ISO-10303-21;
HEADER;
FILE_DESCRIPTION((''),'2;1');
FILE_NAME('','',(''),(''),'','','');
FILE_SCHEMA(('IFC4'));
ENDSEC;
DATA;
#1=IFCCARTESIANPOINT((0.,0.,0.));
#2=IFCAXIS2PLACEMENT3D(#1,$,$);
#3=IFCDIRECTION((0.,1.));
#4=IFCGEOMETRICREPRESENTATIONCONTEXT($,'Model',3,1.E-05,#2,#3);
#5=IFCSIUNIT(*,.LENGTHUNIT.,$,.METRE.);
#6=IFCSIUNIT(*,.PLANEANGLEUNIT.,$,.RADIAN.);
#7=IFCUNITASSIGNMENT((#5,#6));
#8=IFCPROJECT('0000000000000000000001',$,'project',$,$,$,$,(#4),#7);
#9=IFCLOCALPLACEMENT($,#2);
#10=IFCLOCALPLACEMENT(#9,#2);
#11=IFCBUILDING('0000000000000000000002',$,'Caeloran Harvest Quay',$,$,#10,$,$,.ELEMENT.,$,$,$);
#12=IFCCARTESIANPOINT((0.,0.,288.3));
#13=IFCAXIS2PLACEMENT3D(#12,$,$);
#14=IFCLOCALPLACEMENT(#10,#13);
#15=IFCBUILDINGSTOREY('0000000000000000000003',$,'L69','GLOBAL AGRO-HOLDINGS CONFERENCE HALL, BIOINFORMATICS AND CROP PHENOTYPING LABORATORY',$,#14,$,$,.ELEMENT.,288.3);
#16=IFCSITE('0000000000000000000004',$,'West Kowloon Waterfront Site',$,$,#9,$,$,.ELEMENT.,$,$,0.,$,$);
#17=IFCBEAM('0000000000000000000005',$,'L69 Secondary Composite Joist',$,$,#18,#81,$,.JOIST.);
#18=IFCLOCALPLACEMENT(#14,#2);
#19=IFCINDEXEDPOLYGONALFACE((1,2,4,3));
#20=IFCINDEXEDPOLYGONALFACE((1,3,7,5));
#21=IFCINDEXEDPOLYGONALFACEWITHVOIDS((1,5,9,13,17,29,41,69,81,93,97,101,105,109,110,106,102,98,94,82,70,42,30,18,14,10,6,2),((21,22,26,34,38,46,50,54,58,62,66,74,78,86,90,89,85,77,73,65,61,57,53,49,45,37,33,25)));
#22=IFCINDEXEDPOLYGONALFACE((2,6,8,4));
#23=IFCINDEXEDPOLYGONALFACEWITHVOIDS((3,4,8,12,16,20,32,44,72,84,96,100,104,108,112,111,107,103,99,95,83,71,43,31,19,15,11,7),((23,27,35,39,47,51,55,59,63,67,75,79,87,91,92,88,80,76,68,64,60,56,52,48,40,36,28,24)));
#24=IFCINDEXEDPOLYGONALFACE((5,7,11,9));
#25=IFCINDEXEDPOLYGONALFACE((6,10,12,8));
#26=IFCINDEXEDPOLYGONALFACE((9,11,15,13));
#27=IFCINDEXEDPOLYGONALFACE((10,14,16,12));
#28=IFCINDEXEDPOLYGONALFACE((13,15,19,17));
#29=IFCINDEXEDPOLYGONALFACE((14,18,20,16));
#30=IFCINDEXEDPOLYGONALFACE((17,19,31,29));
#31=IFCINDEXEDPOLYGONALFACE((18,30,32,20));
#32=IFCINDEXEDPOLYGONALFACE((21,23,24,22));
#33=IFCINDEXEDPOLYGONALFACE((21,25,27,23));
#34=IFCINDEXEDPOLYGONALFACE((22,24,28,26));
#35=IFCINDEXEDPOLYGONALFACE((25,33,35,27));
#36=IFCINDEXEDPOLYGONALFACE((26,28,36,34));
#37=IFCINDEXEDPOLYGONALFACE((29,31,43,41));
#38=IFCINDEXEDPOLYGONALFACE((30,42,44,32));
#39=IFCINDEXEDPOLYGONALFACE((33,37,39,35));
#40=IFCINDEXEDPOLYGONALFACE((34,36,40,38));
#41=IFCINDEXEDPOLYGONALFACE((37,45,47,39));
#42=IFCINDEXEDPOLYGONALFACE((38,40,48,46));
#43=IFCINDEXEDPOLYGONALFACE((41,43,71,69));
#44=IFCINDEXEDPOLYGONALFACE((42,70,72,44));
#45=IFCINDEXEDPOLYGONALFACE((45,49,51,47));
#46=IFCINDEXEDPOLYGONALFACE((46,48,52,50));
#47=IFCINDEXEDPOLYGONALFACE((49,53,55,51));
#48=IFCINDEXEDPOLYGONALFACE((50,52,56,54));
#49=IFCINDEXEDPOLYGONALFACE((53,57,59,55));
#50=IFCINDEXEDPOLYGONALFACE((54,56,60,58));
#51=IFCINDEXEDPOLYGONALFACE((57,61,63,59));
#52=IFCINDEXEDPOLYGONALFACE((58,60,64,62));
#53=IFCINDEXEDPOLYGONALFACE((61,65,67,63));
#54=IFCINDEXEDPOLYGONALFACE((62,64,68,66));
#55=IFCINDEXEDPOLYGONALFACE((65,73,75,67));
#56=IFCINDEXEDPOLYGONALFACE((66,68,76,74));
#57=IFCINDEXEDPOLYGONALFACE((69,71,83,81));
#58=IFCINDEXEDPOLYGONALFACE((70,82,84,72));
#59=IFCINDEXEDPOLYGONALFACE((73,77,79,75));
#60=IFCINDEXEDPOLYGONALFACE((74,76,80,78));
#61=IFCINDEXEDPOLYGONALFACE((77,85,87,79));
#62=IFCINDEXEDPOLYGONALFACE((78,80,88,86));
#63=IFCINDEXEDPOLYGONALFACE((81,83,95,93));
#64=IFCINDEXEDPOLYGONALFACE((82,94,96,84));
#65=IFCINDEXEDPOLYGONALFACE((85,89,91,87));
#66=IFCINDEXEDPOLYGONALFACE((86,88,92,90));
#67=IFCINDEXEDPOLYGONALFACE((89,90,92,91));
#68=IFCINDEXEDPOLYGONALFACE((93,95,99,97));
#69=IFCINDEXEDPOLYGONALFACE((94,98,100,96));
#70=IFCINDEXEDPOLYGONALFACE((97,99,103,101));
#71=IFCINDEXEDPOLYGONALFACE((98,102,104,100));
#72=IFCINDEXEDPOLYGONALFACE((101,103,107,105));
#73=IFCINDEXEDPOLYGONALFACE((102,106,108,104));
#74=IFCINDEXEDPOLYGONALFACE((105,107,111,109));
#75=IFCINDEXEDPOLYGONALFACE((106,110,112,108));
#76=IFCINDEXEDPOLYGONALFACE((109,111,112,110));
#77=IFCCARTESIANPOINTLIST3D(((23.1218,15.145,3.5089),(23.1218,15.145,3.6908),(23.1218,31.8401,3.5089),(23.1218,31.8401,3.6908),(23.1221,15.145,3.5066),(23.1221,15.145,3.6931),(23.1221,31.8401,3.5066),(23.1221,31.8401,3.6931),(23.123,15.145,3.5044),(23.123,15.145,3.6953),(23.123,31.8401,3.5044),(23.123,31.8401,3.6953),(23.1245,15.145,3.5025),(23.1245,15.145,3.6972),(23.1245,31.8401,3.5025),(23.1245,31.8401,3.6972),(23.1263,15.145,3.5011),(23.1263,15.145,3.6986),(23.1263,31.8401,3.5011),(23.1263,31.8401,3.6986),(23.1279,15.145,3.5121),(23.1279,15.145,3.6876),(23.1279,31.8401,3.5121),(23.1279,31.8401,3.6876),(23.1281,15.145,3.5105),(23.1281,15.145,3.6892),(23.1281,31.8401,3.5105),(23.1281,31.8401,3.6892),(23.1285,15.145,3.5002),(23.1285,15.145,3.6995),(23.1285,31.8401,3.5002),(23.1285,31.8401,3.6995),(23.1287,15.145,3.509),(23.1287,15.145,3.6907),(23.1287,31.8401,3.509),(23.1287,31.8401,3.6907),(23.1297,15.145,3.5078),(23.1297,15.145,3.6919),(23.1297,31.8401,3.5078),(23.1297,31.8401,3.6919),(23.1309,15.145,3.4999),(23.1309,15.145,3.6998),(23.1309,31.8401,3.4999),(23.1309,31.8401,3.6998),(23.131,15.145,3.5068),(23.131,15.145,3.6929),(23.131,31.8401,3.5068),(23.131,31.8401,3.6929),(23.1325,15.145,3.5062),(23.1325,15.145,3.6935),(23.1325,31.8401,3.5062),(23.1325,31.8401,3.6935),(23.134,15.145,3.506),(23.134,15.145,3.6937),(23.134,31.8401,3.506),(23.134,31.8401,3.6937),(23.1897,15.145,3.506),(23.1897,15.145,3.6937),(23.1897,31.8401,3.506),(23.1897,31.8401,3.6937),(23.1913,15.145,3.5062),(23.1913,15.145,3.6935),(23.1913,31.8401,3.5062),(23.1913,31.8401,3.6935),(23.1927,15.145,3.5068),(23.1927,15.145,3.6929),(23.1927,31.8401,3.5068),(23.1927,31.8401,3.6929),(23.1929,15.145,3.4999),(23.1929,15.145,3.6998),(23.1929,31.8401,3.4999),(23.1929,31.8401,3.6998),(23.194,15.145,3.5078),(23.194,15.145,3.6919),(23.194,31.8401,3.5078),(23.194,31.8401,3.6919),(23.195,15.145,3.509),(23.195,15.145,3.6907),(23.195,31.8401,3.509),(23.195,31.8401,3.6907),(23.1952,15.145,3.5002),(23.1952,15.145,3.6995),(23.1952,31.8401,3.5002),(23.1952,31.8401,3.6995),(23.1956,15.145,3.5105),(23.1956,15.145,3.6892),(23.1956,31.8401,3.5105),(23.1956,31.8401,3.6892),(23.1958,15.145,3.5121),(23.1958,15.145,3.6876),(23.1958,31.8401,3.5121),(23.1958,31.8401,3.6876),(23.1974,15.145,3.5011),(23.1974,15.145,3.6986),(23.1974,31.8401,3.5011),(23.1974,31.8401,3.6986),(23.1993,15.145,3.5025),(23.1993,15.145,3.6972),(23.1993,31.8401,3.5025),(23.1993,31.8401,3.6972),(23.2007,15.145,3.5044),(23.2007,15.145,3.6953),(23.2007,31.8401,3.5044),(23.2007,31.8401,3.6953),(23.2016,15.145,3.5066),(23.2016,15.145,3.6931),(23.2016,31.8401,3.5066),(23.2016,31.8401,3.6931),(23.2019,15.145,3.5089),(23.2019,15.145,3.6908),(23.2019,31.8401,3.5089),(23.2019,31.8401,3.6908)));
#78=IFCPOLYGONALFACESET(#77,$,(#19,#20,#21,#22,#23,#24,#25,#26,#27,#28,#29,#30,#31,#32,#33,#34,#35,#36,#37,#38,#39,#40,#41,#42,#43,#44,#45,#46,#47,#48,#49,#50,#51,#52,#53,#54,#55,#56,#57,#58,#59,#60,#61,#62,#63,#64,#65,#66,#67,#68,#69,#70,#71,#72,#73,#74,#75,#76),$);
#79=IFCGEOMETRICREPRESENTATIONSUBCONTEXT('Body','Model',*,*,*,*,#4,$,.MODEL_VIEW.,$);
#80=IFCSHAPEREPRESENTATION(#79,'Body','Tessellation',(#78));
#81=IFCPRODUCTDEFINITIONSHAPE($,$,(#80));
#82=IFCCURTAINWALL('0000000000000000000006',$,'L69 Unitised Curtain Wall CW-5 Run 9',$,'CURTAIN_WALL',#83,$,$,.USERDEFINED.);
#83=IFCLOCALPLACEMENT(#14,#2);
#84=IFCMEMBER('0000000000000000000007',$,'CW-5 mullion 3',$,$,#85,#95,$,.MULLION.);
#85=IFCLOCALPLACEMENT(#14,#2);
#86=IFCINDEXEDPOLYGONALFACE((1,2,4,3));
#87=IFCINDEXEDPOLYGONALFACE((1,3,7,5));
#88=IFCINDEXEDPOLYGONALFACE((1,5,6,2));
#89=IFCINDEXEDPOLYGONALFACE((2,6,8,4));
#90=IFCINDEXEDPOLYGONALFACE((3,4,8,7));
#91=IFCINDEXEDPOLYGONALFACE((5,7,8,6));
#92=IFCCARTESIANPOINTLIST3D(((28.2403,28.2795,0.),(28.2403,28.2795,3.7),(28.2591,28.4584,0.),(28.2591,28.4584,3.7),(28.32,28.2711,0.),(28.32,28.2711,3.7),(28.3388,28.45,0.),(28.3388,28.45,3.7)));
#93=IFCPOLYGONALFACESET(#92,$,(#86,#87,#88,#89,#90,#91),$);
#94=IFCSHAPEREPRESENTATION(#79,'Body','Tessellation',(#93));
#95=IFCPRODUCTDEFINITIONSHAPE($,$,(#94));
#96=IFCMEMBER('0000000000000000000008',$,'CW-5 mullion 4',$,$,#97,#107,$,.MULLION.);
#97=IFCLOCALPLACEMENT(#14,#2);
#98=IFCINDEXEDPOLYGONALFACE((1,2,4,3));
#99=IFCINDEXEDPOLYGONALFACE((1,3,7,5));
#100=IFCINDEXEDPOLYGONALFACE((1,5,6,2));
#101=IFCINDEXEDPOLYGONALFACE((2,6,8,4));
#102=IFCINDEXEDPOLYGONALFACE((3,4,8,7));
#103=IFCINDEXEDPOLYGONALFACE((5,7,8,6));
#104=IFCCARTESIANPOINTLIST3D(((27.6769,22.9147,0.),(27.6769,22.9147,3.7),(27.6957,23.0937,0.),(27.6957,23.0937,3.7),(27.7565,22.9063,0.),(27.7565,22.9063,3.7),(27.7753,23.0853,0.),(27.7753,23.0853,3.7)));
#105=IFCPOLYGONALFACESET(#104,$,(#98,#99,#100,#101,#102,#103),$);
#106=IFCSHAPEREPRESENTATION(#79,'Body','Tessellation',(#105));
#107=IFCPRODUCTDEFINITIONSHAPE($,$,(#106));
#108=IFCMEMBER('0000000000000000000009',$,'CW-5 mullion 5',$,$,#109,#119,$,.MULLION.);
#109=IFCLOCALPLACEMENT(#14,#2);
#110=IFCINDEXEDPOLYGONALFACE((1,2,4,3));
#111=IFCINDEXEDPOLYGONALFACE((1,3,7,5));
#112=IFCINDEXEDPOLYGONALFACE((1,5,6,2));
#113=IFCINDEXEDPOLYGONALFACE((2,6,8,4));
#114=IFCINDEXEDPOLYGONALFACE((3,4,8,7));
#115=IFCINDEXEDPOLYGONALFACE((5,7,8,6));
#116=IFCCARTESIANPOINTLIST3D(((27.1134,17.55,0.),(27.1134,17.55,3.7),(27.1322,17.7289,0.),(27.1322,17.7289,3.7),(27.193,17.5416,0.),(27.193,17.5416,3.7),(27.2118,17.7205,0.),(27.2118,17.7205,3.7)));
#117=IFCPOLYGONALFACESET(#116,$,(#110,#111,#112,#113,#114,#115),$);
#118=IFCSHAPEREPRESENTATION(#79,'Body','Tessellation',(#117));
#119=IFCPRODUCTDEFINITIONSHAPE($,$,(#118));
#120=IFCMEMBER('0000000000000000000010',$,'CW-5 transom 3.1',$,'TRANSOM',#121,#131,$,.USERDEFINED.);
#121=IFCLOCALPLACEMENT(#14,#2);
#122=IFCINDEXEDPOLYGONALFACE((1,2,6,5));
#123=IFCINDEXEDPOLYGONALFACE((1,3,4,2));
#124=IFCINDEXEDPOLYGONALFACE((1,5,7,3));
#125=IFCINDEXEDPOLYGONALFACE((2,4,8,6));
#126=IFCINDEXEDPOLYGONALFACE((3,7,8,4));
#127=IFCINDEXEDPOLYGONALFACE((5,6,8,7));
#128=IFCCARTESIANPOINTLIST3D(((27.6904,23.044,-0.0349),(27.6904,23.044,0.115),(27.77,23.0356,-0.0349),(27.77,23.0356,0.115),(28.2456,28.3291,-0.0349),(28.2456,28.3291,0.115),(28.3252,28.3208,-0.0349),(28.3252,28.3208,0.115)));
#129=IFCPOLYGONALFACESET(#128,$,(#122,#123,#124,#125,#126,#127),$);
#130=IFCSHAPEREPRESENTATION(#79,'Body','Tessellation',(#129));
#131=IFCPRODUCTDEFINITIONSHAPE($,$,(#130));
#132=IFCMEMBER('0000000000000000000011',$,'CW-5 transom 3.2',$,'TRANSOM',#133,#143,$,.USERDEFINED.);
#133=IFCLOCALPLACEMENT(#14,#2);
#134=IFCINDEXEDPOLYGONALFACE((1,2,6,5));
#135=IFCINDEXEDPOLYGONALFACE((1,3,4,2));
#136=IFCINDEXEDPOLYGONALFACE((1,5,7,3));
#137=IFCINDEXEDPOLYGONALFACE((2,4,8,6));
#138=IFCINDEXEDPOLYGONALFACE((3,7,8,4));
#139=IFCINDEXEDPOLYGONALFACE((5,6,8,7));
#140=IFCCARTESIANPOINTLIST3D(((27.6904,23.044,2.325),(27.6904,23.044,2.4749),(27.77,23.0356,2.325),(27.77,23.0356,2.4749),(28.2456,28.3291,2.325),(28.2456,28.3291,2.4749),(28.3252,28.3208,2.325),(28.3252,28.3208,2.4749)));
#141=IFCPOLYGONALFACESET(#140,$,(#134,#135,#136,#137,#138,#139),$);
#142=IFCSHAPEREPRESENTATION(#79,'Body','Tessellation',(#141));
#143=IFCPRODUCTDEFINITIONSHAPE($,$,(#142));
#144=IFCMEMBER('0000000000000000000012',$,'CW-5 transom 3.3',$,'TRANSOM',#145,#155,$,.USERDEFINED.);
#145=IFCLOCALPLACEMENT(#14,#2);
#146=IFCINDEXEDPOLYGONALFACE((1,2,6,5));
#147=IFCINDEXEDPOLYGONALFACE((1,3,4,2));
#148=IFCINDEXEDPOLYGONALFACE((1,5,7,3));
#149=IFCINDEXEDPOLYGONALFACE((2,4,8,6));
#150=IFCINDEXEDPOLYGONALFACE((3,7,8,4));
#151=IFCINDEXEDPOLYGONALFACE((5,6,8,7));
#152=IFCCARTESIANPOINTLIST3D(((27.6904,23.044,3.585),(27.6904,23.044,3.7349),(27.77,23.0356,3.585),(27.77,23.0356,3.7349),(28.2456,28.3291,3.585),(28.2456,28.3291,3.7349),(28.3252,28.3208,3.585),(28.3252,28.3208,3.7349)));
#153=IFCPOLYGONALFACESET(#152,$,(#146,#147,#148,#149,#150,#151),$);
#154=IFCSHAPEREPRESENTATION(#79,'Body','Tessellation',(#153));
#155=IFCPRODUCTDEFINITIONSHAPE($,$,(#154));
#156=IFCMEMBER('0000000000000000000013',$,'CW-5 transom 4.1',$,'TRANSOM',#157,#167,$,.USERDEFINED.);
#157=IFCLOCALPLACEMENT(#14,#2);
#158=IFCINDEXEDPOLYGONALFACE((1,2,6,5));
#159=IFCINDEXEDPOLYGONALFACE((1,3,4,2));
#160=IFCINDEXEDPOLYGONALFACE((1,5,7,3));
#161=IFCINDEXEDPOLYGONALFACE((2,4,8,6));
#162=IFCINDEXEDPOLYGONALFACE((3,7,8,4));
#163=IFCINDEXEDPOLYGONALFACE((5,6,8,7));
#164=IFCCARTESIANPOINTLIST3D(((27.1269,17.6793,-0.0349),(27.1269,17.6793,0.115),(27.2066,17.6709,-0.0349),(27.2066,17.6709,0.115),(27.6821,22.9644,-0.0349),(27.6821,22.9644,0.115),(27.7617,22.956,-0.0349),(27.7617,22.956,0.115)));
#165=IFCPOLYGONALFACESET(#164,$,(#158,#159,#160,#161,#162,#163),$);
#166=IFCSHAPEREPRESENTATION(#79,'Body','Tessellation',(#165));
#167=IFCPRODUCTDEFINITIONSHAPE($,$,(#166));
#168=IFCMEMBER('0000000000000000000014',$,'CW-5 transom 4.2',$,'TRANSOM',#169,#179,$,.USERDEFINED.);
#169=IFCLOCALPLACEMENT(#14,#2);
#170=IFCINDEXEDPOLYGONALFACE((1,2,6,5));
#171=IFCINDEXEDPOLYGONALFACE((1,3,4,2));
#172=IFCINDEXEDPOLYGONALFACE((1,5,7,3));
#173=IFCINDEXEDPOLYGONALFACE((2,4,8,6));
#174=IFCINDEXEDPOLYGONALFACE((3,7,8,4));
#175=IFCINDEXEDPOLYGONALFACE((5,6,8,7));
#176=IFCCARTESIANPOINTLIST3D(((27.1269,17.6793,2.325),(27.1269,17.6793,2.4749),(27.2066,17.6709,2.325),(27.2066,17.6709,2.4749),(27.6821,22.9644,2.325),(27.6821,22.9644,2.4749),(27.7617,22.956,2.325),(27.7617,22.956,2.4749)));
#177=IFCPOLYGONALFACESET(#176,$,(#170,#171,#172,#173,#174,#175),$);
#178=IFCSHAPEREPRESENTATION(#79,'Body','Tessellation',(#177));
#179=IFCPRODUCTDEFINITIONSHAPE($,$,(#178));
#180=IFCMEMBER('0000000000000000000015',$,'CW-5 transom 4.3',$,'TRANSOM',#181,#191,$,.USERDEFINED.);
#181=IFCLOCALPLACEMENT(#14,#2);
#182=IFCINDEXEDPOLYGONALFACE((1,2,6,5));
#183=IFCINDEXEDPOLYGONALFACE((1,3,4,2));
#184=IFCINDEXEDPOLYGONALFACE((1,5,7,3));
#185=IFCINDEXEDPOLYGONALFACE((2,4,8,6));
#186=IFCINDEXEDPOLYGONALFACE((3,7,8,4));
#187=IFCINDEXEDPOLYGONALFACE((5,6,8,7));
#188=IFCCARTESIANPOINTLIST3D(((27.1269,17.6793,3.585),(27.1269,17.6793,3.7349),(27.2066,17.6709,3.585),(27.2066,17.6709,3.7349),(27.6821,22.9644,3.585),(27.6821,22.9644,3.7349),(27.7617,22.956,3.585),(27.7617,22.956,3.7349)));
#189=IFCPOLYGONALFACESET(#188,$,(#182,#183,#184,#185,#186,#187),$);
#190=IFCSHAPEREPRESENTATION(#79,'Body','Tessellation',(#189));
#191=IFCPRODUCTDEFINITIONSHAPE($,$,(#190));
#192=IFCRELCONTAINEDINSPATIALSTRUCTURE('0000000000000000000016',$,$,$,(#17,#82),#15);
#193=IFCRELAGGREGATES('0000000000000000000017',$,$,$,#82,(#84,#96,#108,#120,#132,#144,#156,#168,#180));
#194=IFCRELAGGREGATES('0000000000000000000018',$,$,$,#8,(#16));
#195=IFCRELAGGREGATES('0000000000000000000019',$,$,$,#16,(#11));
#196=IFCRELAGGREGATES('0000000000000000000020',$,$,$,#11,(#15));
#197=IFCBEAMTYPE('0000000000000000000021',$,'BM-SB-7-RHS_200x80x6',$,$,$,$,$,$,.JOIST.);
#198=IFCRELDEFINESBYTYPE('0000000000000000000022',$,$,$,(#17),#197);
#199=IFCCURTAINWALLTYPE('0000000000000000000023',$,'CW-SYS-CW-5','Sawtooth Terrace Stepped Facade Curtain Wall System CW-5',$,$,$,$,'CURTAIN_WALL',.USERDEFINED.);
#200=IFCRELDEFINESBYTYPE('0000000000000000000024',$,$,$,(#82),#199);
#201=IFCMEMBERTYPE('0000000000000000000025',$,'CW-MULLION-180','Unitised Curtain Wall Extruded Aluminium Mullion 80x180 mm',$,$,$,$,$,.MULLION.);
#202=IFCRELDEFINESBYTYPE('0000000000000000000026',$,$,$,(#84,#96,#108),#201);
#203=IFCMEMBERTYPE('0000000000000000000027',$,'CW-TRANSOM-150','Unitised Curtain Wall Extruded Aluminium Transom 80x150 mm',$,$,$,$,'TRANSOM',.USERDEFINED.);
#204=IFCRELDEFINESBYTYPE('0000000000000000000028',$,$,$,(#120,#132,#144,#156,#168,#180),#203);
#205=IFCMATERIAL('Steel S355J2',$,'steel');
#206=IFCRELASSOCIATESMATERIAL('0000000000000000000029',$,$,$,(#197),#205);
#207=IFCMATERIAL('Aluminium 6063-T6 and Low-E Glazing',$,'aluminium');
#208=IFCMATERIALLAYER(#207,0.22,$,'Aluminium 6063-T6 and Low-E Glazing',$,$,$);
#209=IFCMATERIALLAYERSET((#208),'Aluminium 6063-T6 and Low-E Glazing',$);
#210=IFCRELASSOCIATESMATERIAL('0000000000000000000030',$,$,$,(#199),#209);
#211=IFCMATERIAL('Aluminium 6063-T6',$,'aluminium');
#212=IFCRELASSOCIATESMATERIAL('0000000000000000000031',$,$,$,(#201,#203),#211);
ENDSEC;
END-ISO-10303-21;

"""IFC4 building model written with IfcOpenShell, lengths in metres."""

from ifc_helpers import new_model, si_unit, direction, frame, origin, origin_2d, place, context, subcontext, project, spatial, rectangle, hollow_rectangle, extrude, material, layer, layer_set, material_profile, profile_set, type_object, element, aggregate, save


model = new_model("IFC4")

# Units and contexts
model_context = context("Model", 3, precision=1e-05, world=origin(), true_north=direction((0.0, 1.0)))
body_context = subcontext(model_context, "Body", "Model", "MODEL_VIEW")
ifc_project = project(units=[si_unit("LENGTHUNIT", "METRE"), si_unit("PLANEANGLEUNIT", "RADIAN")], contexts=[model_context])

# Site, building, storey
site_placement = place(None, origin())
site = spatial("IfcSite", under=ifc_project, at=site_placement, Name="West Kowloon Waterfront Site", CompositionType="ELEMENT", RefElevation=0.0)
building_placement = place(site_placement, origin())
building = spatial("IfcBuilding", under=site, at=building_placement, Name="Caeloran Harvest Quay", CompositionType="ELEMENT")
storey_placement = place(building_placement, frame((0.0, 0.0, 288.3)))
storey = spatial("IfcBuildingStorey", under=building, at=storey_placement, Name="L69", Description="GLOBAL AGRO-HOLDINGS CONFERENCE HALL, BIOINFORMATICS AND CROP PHENOTYPING LABORATORY", CompositionType="ELEMENT", Elevation=288.3)

# Beam
ifc_material_1 = material(Name="Steel S355J2", Category="steel")
ifc_material_profile_1 = material_profile(ifc_material_1, hollow_rectangle(XDim=0.0801, YDim=0.2, WallThickness=0.0061, InnerFilletRadius=0.0061, OuterFilletRadius=0.009, at=origin_2d()), Name="RHS 200x80x6")
ifc_profile_set_1 = profile_set([ifc_material_profile_1], Name="Steel S355J2")
beam_type_1 = type_object("IfcBeamType", Name="BM-SB-7-RHS_200x80x6", PredefinedType="JOIST", material=ifc_profile_set_1)
for number, where, z_axis, x_axis, name in (
    (1, (23.1619, 15.145, 3.5999), (0.0, 1.0, 0.0), (-1.0, 0.0, 0.0), "L69 Secondary Composite Joist"),
):
    element("IfcBeam", number, at=place(storey_placement, frame(where, z_axis=z_axis, x_axis=x_axis)), inside=storey, type_object=beam_type_1, Name=name, PredefinedType="JOIST", context=body_context, shape_type="SweptSolid", body=[
        extrude(hollow_rectangle(XDim=0.0801, YDim=0.2, WallThickness=0.0061, InnerFilletRadius=0.0061, OuterFilletRadius=0.009, at=origin_2d()), origin(), (0.0, 0.0, 1.0), 16.6951),
    ])

# Curtain wall, members
ifc_material_2 = material(Name="Aluminium 6063-T6 and Low-E Glazing", Category="aluminium")
ifc_layer_1 = layer(ifc_material_2, 0.22, Name="Aluminium 6063-T6 and Low-E Glazing")
ifc_layer_set_1 = layer_set([ifc_layer_1], Name="Aluminium 6063-T6 and Low-E Glazing")
curtain_wall_type = type_object("IfcCurtainWallType", Name="CW-SYS-CW-5", Description="Sawtooth Terrace Stepped Facade Curtain Wall System CW-5", ElementType="CURTAIN_WALL", PredefinedType="USERDEFINED", material=ifc_layer_set_1)
curtain_wall_placement = place(storey_placement, origin())
curtain_wall = element("IfcCurtainWall", 2, at=curtain_wall_placement, inside=storey, type_object=curtain_wall_type, Name="L69 Unitised Curtain Wall CW-5 Run 9", ObjectType="CURTAIN_WALL", PredefinedType="USERDEFINED")
ifc_material_3 = material(Name="Aluminium 6063-T6", Category="aluminium")
ifc_material_profile_2 = material_profile(ifc_material_3, rectangle(XDim=0.0801, YDim=0.1799, at=origin_2d()), Name="CW-MULLION-180")
ifc_profile_set_2 = profile_set([ifc_material_profile_2], Name="Aluminium 6063-T6")
member_type_1 = type_object("IfcMemberType", Name="CW-MULLION-180", Description="Unitised Curtain Wall Extruded Aluminium Mullion 80x180 mm", PredefinedType="MULLION", material=ifc_profile_set_2)
member_1_placement = place(storey_placement, frame((28.2896, 28.3647, 0.0), z_axis=(0.0, 0.0, 1.0), x_axis=(0.994529, -0.10446, 0.0)))
member_1 = element("IfcMember", 3, at=member_1_placement, type_object=member_type_1, Name="CW-5 mullion 3", PredefinedType="MULLION", context=body_context, shape_type="SweptSolid", body=[
    extrude(rectangle(XDim=0.0801, YDim=0.1799, at=origin_2d()), origin(), (0.0, 0.0, 1.0), 3.7),
])
member_2_placement = place(storey_placement, frame((27.7261, 23.0, 0.0), z_axis=(0.0, 0.0, 1.0), x_axis=(0.994529, -0.10446, 0.0)))
member_2 = element("IfcMember", 4, at=member_2_placement, type_object=member_type_1, Name="CW-5 mullion 4", PredefinedType="MULLION", context=body_context, shape_type="SweptSolid", body=[
    extrude(rectangle(XDim=0.0801, YDim=0.1799, at=origin_2d()), origin(), (0.0, 0.0, 1.0), 3.7),
])
member_3_placement = place(storey_placement, frame((27.1626, 17.6353, 0.0), z_axis=(0.0, 0.0, 1.0), x_axis=(0.994529, -0.10446, 0.0)))
member_3 = element("IfcMember", 5, at=member_3_placement, type_object=member_type_1, Name="CW-5 mullion 5", PredefinedType="MULLION", context=body_context, shape_type="SweptSolid", body=[
    extrude(rectangle(XDim=0.0801, YDim=0.1799, at=origin_2d()), origin(), (0.0, 0.0, 1.0), 3.7),
])
ifc_material_profile_3 = material_profile(ifc_material_3, rectangle(XDim=0.0801, YDim=0.1499, at=origin_2d()), Name="CW-TRANSOM-150")
ifc_profile_set_3 = profile_set([ifc_material_profile_3], Name="Aluminium 6063-T6")
member_type_2 = type_object("IfcMemberType", Name="CW-TRANSOM-150", Description="Unitised Curtain Wall Extruded Aluminium Transom 80x150 mm", ElementType="TRANSOM", PredefinedType="USERDEFINED", material=ifc_profile_set_3)
member_4_placement = place(storey_placement, frame((28.2854, 28.325, 0.04), z_axis=(-0.10447, -0.994528, 0.0), x_axis=(0.994528, -0.10447, 0.0)))
member_4 = element("IfcMember", 6, at=member_4_placement, type_object=member_type_2, Name="CW-5 transom 3.1", ObjectType="TRANSOM", PredefinedType="USERDEFINED", context=body_context, shape_type="SweptSolid", body=[
    extrude(rectangle(XDim=0.0801, YDim=0.1499, at=origin_2d()), origin(), (0.0, 0.0, 1.0), 5.3142),
])
member_5_placement = place(storey_placement, frame((28.2854, 28.325, 2.3999), z_axis=(-0.10447, -0.994528, 0.0), x_axis=(0.994528, -0.10447, 0.0)))
member_5 = element("IfcMember", 7, at=member_5_placement, type_object=member_type_2, Name="CW-5 transom 3.2", ObjectType="TRANSOM", PredefinedType="USERDEFINED", context=body_context, shape_type="SweptSolid", body=[
    extrude(rectangle(XDim=0.0801, YDim=0.1499, at=origin_2d()), origin(), (0.0, 0.0, 1.0), 5.3142),
])
member_6_placement = place(storey_placement, frame((28.2854, 28.325, 3.6599), z_axis=(-0.10447, -0.994528, 0.0), x_axis=(0.994528, -0.10447, 0.0)))
member_6 = element("IfcMember", 8, at=member_6_placement, type_object=member_type_2, Name="CW-5 transom 3.3", ObjectType="TRANSOM", PredefinedType="USERDEFINED", context=body_context, shape_type="SweptSolid", body=[
    extrude(rectangle(XDim=0.0801, YDim=0.1499, at=origin_2d()), origin(), (0.0, 0.0, 1.0), 5.3142),
])
member_7_placement = place(storey_placement, frame((27.7219, 22.9602, 0.04), z_axis=(-0.10447, -0.994528, 0.0), x_axis=(0.994528, -0.10447, 0.0)))
member_7 = element("IfcMember", 9, at=member_7_placement, type_object=member_type_2, Name="CW-5 transom 4.1", ObjectType="TRANSOM", PredefinedType="USERDEFINED", context=body_context, shape_type="SweptSolid", body=[
    extrude(rectangle(XDim=0.0801, YDim=0.1499, at=origin_2d()), origin(), (0.0, 0.0, 1.0), 5.3142),
])
member_8_placement = place(storey_placement, frame((27.7219, 22.9602, 2.3999), z_axis=(-0.10447, -0.994528, 0.0), x_axis=(0.994528, -0.10447, 0.0)))
member_8 = element("IfcMember", 10, at=member_8_placement, type_object=member_type_2, Name="CW-5 transom 4.2", ObjectType="TRANSOM", PredefinedType="USERDEFINED", context=body_context, shape_type="SweptSolid", body=[
    extrude(rectangle(XDim=0.0801, YDim=0.1499, at=origin_2d()), origin(), (0.0, 0.0, 1.0), 5.3142),
])
member_9_placement = place(storey_placement, frame((27.7219, 22.9602, 3.6599), z_axis=(-0.10447, -0.994528, 0.0), x_axis=(0.994528, -0.10447, 0.0)))
member_9 = element("IfcMember", 11, at=member_9_placement, type_object=member_type_2, Name="CW-5 transom 4.3", ObjectType="TRANSOM", PredefinedType="USERDEFINED", context=body_context, shape_type="SweptSolid", body=[
    extrude(rectangle(XDim=0.0801, YDim=0.1499, at=origin_2d()), origin(), (0.0, 0.0, 1.0), 5.3142),
])
aggregate(curtain_wall, [member_1, member_2, member_3, member_4, member_5, member_6, member_7, member_8, member_9])

save(model, "model.ifc")
